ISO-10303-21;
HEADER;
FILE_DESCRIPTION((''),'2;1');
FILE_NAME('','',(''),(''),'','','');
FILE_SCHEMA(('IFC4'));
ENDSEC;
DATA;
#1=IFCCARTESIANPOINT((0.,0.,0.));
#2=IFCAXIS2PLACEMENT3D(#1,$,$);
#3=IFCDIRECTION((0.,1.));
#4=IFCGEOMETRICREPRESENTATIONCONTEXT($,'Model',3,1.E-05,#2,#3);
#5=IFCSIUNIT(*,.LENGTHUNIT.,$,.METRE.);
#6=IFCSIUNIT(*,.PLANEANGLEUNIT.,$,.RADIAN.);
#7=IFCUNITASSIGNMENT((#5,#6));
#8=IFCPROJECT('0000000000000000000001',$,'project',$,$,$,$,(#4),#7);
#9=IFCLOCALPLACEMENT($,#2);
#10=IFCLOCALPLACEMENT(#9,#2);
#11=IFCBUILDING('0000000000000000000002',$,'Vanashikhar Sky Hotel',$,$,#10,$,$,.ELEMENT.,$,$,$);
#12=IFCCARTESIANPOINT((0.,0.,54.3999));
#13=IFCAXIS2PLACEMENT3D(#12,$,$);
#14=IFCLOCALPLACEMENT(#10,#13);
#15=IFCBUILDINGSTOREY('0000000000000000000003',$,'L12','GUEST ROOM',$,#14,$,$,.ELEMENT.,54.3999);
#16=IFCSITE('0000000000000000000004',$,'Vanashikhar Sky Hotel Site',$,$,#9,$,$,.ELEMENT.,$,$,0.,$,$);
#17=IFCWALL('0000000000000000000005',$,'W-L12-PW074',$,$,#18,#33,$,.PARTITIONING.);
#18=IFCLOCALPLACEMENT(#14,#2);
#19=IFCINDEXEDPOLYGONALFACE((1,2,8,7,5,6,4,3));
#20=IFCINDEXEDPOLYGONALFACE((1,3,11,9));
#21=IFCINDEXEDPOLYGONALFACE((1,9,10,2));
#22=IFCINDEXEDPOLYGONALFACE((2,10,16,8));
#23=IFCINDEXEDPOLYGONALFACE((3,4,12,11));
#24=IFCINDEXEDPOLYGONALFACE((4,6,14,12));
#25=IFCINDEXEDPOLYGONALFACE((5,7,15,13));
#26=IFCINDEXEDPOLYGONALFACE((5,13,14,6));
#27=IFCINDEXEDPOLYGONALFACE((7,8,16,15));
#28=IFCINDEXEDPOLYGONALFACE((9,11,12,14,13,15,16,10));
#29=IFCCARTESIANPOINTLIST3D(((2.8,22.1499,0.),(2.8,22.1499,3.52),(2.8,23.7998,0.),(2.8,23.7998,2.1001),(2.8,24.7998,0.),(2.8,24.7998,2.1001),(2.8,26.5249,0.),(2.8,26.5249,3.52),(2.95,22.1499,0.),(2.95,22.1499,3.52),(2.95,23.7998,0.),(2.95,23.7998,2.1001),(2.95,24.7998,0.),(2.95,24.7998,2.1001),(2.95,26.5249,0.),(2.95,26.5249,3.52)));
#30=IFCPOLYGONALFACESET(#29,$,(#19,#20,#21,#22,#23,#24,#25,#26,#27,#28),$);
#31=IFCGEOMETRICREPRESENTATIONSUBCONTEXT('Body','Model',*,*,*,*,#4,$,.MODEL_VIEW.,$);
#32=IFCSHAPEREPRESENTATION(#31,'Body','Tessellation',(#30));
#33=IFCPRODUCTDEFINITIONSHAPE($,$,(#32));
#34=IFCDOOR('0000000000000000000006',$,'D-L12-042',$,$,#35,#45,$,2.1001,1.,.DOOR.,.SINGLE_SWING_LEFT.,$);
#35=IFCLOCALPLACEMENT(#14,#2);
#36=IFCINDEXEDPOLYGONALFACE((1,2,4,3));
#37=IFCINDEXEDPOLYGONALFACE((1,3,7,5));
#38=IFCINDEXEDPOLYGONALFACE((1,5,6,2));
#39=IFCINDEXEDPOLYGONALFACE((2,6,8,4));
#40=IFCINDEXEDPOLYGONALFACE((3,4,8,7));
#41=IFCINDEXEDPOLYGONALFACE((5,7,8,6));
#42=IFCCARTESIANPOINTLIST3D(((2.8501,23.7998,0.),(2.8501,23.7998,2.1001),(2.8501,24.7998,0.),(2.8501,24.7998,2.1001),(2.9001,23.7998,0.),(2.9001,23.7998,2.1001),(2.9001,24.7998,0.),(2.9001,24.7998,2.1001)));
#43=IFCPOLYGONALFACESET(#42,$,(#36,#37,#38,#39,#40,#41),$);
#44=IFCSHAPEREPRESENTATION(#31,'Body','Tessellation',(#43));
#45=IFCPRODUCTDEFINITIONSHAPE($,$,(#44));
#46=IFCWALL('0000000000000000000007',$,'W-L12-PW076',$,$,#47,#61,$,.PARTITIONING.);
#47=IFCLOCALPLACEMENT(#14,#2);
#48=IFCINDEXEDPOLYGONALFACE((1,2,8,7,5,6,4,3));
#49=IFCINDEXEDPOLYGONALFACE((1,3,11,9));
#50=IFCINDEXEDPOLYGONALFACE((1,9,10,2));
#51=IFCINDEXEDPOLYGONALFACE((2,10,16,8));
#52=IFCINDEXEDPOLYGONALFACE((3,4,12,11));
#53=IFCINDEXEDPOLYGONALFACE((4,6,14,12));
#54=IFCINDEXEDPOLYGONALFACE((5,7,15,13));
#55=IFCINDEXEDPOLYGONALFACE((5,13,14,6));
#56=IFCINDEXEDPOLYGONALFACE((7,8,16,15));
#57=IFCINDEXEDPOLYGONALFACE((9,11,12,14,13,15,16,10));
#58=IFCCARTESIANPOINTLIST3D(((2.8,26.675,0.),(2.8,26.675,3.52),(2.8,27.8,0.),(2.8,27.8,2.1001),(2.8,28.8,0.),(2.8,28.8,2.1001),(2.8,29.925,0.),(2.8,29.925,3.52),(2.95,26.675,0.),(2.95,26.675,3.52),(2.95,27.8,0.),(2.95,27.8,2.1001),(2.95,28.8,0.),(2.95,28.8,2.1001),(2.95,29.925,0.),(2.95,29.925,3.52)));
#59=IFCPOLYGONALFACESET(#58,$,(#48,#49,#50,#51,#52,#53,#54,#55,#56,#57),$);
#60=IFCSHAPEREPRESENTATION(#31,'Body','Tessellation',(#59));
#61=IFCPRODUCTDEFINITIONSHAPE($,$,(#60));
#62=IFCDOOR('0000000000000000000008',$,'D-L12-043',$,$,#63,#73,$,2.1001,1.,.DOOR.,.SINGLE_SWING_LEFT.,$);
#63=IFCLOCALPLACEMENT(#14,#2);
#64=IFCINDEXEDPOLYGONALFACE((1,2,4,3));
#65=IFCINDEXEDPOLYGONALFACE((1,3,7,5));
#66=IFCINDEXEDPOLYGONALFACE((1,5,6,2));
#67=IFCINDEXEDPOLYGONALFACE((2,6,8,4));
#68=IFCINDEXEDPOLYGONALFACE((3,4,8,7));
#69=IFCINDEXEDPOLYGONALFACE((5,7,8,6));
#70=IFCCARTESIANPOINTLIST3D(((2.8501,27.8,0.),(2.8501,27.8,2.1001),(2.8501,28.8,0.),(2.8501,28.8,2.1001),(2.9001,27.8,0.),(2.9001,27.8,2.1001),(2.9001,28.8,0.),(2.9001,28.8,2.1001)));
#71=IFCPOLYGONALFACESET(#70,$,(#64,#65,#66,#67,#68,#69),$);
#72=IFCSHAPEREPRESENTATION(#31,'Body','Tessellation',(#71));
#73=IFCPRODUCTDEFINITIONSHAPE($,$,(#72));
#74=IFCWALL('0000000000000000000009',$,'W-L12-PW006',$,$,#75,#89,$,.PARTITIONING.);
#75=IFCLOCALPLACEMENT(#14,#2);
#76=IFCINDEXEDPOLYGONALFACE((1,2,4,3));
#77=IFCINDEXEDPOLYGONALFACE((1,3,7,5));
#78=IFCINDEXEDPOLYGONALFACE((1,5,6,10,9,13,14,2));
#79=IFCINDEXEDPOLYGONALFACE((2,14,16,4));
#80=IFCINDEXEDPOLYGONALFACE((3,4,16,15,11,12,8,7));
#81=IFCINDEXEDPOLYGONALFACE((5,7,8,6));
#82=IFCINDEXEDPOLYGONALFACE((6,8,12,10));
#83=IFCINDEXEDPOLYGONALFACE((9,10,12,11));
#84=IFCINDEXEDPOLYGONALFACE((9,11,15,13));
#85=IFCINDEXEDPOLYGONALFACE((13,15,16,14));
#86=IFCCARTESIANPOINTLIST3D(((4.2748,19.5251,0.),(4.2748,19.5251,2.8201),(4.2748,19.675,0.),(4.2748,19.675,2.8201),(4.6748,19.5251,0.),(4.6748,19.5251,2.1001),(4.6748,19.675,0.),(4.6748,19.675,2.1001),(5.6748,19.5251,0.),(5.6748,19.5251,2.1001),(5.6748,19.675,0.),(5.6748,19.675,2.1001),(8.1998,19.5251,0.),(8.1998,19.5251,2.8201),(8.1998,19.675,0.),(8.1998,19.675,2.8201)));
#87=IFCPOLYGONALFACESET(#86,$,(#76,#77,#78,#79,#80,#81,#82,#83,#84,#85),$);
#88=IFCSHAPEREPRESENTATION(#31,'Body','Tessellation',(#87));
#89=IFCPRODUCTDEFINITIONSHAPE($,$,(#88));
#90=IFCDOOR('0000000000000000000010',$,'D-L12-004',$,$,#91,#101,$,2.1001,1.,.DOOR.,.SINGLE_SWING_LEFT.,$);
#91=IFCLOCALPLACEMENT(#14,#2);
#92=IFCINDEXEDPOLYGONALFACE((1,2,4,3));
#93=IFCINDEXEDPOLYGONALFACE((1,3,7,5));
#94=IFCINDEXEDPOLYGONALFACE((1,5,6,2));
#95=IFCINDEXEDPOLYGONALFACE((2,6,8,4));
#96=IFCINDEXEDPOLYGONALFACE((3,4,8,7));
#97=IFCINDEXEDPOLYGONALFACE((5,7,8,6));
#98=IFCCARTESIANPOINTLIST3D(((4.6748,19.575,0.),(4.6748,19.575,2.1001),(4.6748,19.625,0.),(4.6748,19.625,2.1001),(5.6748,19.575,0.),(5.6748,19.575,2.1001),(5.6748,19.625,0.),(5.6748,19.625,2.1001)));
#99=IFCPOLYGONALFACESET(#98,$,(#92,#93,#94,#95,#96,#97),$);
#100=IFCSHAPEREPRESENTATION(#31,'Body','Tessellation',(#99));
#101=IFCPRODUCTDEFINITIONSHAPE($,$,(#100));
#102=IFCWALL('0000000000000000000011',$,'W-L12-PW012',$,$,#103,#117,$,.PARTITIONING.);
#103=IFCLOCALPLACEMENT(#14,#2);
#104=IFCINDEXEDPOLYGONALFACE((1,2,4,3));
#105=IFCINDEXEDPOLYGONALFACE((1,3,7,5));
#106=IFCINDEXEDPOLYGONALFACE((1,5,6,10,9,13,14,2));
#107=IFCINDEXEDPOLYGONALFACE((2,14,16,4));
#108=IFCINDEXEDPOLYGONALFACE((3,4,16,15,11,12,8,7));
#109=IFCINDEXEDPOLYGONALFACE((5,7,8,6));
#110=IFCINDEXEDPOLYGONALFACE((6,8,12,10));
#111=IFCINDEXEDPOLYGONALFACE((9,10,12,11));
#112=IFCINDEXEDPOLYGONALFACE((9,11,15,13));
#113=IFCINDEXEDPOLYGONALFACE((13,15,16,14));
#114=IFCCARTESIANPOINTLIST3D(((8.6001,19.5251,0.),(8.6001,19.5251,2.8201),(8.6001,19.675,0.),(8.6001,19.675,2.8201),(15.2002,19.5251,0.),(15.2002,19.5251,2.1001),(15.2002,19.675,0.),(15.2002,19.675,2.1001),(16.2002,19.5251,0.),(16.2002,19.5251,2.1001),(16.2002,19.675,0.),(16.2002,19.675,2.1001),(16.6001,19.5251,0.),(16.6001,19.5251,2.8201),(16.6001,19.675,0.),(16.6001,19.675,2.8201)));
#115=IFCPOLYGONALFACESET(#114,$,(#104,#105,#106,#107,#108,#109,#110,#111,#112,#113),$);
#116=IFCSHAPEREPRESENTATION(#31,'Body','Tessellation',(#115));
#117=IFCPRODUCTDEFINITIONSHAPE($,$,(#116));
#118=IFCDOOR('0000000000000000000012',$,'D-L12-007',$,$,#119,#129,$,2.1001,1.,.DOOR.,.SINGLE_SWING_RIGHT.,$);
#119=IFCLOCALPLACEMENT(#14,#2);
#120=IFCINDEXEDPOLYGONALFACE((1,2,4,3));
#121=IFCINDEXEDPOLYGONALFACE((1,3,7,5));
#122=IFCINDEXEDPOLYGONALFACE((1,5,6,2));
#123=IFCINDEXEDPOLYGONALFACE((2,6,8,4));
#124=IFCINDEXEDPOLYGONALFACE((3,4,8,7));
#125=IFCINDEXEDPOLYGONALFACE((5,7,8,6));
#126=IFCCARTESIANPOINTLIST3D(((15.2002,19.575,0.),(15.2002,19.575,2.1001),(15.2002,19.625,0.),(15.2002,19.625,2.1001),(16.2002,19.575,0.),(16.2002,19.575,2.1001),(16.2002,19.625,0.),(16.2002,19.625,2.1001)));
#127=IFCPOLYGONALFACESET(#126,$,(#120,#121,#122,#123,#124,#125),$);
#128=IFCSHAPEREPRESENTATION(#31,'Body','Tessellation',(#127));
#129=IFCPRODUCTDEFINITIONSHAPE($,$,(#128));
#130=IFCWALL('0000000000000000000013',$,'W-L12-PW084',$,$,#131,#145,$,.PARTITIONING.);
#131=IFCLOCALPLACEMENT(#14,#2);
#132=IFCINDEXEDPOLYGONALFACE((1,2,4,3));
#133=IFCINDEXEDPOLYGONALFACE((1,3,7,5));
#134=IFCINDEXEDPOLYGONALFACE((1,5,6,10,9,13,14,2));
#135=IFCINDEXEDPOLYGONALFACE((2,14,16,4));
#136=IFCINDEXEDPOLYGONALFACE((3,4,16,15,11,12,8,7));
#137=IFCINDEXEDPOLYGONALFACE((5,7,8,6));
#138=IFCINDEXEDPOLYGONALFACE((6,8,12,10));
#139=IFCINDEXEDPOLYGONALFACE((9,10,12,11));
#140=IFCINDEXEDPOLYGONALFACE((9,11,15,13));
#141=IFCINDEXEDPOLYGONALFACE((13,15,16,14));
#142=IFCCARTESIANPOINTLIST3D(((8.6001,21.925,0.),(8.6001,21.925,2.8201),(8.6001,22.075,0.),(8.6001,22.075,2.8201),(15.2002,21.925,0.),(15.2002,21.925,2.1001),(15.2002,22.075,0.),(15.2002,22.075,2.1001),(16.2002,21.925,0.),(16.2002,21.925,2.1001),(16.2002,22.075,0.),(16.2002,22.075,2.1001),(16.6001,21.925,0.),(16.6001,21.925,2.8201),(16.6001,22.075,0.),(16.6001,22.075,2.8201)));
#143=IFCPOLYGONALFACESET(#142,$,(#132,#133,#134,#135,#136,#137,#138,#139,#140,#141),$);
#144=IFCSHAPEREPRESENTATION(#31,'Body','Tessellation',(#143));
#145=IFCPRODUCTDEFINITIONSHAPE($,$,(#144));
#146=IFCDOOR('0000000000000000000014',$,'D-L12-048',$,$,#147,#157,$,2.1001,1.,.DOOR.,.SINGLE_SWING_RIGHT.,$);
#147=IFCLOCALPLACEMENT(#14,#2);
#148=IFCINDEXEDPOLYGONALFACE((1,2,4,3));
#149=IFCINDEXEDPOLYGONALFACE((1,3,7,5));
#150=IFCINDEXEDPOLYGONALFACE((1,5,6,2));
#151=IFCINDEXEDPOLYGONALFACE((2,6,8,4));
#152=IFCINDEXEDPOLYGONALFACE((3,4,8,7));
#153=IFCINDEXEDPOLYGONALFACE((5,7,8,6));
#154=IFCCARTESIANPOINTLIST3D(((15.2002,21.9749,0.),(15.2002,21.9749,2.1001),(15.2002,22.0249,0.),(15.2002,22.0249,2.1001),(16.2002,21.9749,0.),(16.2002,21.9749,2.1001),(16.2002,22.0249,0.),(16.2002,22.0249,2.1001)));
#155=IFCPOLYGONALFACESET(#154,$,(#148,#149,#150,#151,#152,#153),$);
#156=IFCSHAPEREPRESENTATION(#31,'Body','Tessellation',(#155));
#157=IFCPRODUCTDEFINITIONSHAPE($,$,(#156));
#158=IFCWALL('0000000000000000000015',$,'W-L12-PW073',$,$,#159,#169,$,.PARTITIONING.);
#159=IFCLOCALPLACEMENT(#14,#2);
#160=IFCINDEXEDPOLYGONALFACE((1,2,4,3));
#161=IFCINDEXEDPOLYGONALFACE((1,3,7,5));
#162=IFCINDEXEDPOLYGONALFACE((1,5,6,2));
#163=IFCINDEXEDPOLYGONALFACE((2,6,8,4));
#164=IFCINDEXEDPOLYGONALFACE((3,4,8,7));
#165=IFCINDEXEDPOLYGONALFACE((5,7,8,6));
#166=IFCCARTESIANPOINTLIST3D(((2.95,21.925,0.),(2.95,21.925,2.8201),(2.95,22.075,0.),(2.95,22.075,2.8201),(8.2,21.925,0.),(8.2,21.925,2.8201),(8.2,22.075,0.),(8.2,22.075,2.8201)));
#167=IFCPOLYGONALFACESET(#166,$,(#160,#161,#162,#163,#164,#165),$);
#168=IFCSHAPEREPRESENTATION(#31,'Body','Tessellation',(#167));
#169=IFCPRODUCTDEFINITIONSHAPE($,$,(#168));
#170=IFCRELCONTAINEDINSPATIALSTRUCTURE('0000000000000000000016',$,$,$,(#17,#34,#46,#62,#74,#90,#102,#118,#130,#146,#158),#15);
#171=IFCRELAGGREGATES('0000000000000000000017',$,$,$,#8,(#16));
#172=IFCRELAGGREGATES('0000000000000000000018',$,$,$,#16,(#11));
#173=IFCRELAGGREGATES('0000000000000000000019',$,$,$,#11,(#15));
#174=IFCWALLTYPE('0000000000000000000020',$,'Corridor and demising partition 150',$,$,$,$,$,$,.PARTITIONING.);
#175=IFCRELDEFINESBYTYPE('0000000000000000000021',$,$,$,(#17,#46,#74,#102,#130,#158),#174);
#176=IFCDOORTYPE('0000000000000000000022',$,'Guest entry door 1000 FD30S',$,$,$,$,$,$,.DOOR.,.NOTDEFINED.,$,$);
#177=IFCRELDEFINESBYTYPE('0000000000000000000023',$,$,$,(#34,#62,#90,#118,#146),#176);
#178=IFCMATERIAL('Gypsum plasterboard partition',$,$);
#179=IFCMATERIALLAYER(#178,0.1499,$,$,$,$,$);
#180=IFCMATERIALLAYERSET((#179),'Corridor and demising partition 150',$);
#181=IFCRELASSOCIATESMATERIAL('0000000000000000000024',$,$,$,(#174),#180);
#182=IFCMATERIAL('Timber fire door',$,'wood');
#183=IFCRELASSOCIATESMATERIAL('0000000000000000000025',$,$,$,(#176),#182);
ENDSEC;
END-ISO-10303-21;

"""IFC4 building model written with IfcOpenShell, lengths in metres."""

from ifc_helpers import new_model, si_unit, direction, frame, frame_2d, origin, place, context, subcontext, project, spatial, rectangle, extrude, source, transform, mapped, material, layer, layer_set, type_object, element, fill, save


model = new_model("IFC4")

# Units and contexts
model_context = context("Model", 3, precision=1e-05, world=origin(), true_north=direction((0.0, 1.0)))
body_context = subcontext(model_context, "Body", "Model", "MODEL_VIEW")
ifc_project = project(units=[si_unit("LENGTHUNIT", "METRE"), si_unit("PLANEANGLEUNIT", "RADIAN")], contexts=[model_context])

# Site, building, storey
site_placement = place(None, origin())
site = spatial("IfcSite", under=ifc_project, at=site_placement, Name="Vanashikhar Sky Hotel Site", CompositionType="ELEMENT", RefElevation=0.0)
building_placement = place(site_placement, origin())
building = spatial("IfcBuilding", under=site, at=building_placement, Name="Vanashikhar Sky Hotel", CompositionType="ELEMENT")
storey_placement = place(building_placement, frame((0.0, 0.0, 54.3999)))
storey = spatial("IfcBuildingStorey", under=building, at=storey_placement, Name="L12", Description="GUEST ROOM", CompositionType="ELEMENT", Elevation=54.3999)

# Walls, openings, doors
ifc_material_1 = material(Name="Gypsum plasterboard partition")
ifc_layer_1 = layer(ifc_material_1, 0.1499)
ifc_layer_set_1 = layer_set([ifc_layer_1], Name="Corridor and demising partition 150")
wall_type_1 = type_object("IfcWallType", Name="Corridor and demising partition 150", PredefinedType="PARTITIONING", material=ifc_layer_set_1)
shared_shape_1 = source(origin(), body_context, "Body", "SweptSolid", [
    extrude(rectangle(XDim=4.375, YDim=0.1499, at=frame_2d((2.1875, 0.0))), origin(), (0.0, 0.0, 1.0), 3.52),
])
wall_1_placement = place(storey_placement, frame((2.875, 22.1499, 0.0), z_axis=(0.0, 0.0, 1.0), x_axis=(0.0, 1.0, 0.0)))
wall_1 = element("IfcWall", 1, at=wall_1_placement, inside=storey, type_object=wall_type_1, Name="W-L12-PW074", PredefinedType="PARTITIONING", context=body_context, shape_type="MappedRepresentation", body=[
    mapped(shared_shape_1, transform((0.0, 0.0, 0.0), scale=1.0)),
])
shared_shape_2 = source(origin(), body_context, "Body", "SweptSolid", [
    extrude(rectangle(XDim=1.0, YDim=2.1001, at=frame_2d((0.5, 1.05))), frame((0.0, 0.085, 0.0), z_axis=(0.0, -1.0, 0.0), x_axis=(1.0, 0.0, 0.0)), (0.0, 0.0, 1.0), 0.1699),
])
opening_1_placement = place(wall_1_placement, frame((1.6499, 0.0, 0.0)))
opening_1 = element("IfcOpeningElement", 2, at=opening_1_placement, cuts=wall_1, PredefinedType="OPENING", context=body_context, shape_type="MappedRepresentation", body=[
    mapped(shared_shape_2, transform((0.0, 0.0, 0.0), scale=1.0)),
])
ifc_material_2 = material(Name="Timber fire door", Category="wood")
door_type = type_object("IfcDoorType", Name="Guest entry door 1000 FD30S", OperationType="NOTDEFINED", PredefinedType="DOOR", material=ifc_material_2)
shared_shape_3 = source(origin(), body_context, "Body", "SweptSolid", [
    extrude(rectangle(XDim=1.0, YDim=2.1001, at=frame_2d((0.5, 1.05))), frame((0.0, 0.0249, 0.0), z_axis=(0.0, -1.0, 0.0), x_axis=(1.0, 0.0, 0.0)), (0.0, 0.0, 1.0), 0.05),
])
door_1_placement = place(opening_1_placement, origin())
door_1 = element("IfcDoor", 3, at=door_1_placement, inside=storey, type_object=door_type, Name="D-L12-042", OperationType="SINGLE_SWING_LEFT", OverallHeight=2.1001, OverallWidth=1.0, PredefinedType="DOOR", context=body_context, shape_type="MappedRepresentation", body=[
    mapped(shared_shape_3, transform((0.0, 0.0, 0.0), scale=1.0)),
])
fill(opening_1, door_1)
shared_shape_4 = source(origin(), body_context, "Body", "SweptSolid", [
    extrude(rectangle(XDim=3.25, YDim=0.1499, at=frame_2d((1.625, 0.0))), origin(), (0.0, 0.0, 1.0), 3.52),
])
wall_2_placement = place(storey_placement, frame((2.875, 26.675, 0.0), z_axis=(0.0, 0.0, 1.0), x_axis=(0.0, 1.0, 0.0)))
wall_2 = element("IfcWall", 4, at=wall_2_placement, inside=storey, type_object=wall_type_1, Name="W-L12-PW076", PredefinedType="PARTITIONING", context=body_context, shape_type="MappedRepresentation", body=[
    mapped(shared_shape_4, transform((0.0, 0.0, 0.0), scale=1.0)),
])
opening_2_placement = place(wall_2_placement, frame((1.125, 0.0, 0.0)))
opening_2 = element("IfcOpeningElement", 5, at=opening_2_placement, cuts=wall_2, PredefinedType="OPENING", context=body_context, shape_type="MappedRepresentation", body=[
    mapped(shared_shape_2, transform((0.0, 0.0, 0.0), scale=1.0)),
])
door_2_placement = place(opening_2_placement, origin())
door_2 = element("IfcDoor", 6, at=door_2_placement, inside=storey, type_object=door_type, Name="D-L12-043", OperationType="SINGLE_SWING_LEFT", OverallHeight=2.1001, OverallWidth=1.0, PredefinedType="DOOR", context=body_context, shape_type="MappedRepresentation", body=[
    mapped(shared_shape_3, transform((0.0, 0.0, 0.0), scale=1.0)),
])
fill(opening_2, door_2)
shared_shape_5 = source(origin(), body_context, "Body", "SweptSolid", [
    extrude(rectangle(XDim=3.925, YDim=0.1499, at=frame_2d((1.9624, 0.0))), origin(), (0.0, 0.0, 1.0), 2.8201),
])
wall_3_placement = place(storey_placement, frame((4.2749, 19.6001, 0.0), z_axis=(0.0, 0.0, 1.0), x_axis=(1.0, 0.0, 0.0)))
wall_3 = element("IfcWall", 7, at=wall_3_placement, inside=storey, type_object=wall_type_1, Name="W-L12-PW006", PredefinedType="PARTITIONING", context=body_context, shape_type="MappedRepresentation", body=[
    mapped(shared_shape_5, transform((0.0, 0.0, 0.0), scale=1.0)),
])
opening_3_placement = place(wall_3_placement, frame((0.3999, 0.0, 0.0)))
opening_3 = element("IfcOpeningElement", 8, at=opening_3_placement, cuts=wall_3, PredefinedType="OPENING", context=body_context, shape_type="MappedRepresentation", body=[
    mapped(shared_shape_2, transform((0.0, 0.0, 0.0), scale=1.0)),
])
door_3_placement = place(opening_3_placement, origin())
door_3 = element("IfcDoor", 9, at=door_3_placement, inside=storey, type_object=door_type, Name="D-L12-004", OperationType="SINGLE_SWING_LEFT", OverallHeight=2.1001, OverallWidth=1.0, PredefinedType="DOOR", context=body_context, shape_type="MappedRepresentation", body=[
    mapped(shared_shape_3, transform((0.0, 0.0, 0.0), scale=1.0)),
])
fill(opening_3, door_3)
shared_shape_6 = source(origin(), body_context, "Body", "SweptSolid", [
    extrude(rectangle(XDim=8.0, YDim=0.1499, at=frame_2d((4.0, 0.0))), origin(), (0.0, 0.0, 1.0), 2.8201),
])
wall_4_placement = place(storey_placement, frame((8.6001, 19.6001, 0.0), z_axis=(0.0, 0.0, 1.0), x_axis=(1.0, 0.0, 0.0)))
wall_4 = element("IfcWall", 10, at=wall_4_placement, inside=storey, type_object=wall_type_1, Name="W-L12-PW012", PredefinedType="PARTITIONING", context=body_context, shape_type="MappedRepresentation", body=[
    mapped(shared_shape_6, transform((0.0, 0.0, 0.0), scale=1.0)),
])
opening_4_placement = place(wall_4_placement, frame((6.6001, 0.0, 0.0)))
opening_4 = element("IfcOpeningElement", 11, at=opening_4_placement, cuts=wall_4, PredefinedType="OPENING", context=body_context, shape_type="MappedRepresentation", body=[
    mapped(shared_shape_2, transform((0.0, 0.0, 0.0), scale=1.0)),
])
door_4_placement = place(opening_4_placement, origin())
door_4 = element("IfcDoor", 12, at=door_4_placement, inside=storey, type_object=door_type, Name="D-L12-007", OperationType="SINGLE_SWING_RIGHT", OverallHeight=2.1001, OverallWidth=1.0, PredefinedType="DOOR", context=body_context, shape_type="MappedRepresentation", body=[
    mapped(shared_shape_3, transform((0.0, 0.0, 0.0), scale=1.0)),
])
fill(opening_4, door_4)
wall_5_placement = place(storey_placement, frame((8.6001, 22.0, 0.0), z_axis=(0.0, 0.0, 1.0), x_axis=(1.0, 0.0, 0.0)))
wall_5 = element("IfcWall", 13, at=wall_5_placement, inside=storey, type_object=wall_type_1, Name="W-L12-PW084", PredefinedType="PARTITIONING", context=body_context, shape_type="MappedRepresentation", body=[
    mapped(shared_shape_6, transform((0.0, 0.0, 0.0), scale=1.0)),
])
opening_5_placement = place(wall_5_placement, frame((6.6001, 0.0, 0.0)))
opening_5 = element("IfcOpeningElement", 14, at=opening_5_placement, cuts=wall_5, PredefinedType="OPENING", context=body_context, shape_type="MappedRepresentation", body=[
    mapped(shared_shape_2, transform((0.0, 0.0, 0.0), scale=1.0)),
])
door_5_placement = place(opening_5_placement, origin())
door_5 = element("IfcDoor", 15, at=door_5_placement, inside=storey, type_object=door_type, Name="D-L12-048", OperationType="SINGLE_SWING_RIGHT", OverallHeight=2.1001, OverallWidth=1.0, PredefinedType="DOOR", context=body_context, shape_type="MappedRepresentation", body=[
    mapped(shared_shape_3, transform((0.0, 0.0, 0.0), scale=1.0)),
])
fill(opening_5, door_5)

# Wall
shared_shape_7 = source(origin(), body_context, "Body", "SweptSolid", [
    extrude(rectangle(XDim=5.25, YDim=0.1499, at=frame_2d((2.625, 0.0))), origin(), (0.0, 0.0, 1.0), 2.8201),
])
wall_6_placement = place(storey_placement, frame((2.95, 22.0, 0.0), z_axis=(0.0, 0.0, 1.0), x_axis=(1.0, 0.0, 0.0)))
element("IfcWall", 16, at=wall_6_placement, inside=storey, type_object=wall_type_1, Name="W-L12-PW073", PredefinedType="PARTITIONING", context=body_context, shape_type="MappedRepresentation", body=[
    mapped(shared_shape_7, transform((0.0, 0.0, 0.0), scale=1.0)),
])

save(model, "model.ifc")
